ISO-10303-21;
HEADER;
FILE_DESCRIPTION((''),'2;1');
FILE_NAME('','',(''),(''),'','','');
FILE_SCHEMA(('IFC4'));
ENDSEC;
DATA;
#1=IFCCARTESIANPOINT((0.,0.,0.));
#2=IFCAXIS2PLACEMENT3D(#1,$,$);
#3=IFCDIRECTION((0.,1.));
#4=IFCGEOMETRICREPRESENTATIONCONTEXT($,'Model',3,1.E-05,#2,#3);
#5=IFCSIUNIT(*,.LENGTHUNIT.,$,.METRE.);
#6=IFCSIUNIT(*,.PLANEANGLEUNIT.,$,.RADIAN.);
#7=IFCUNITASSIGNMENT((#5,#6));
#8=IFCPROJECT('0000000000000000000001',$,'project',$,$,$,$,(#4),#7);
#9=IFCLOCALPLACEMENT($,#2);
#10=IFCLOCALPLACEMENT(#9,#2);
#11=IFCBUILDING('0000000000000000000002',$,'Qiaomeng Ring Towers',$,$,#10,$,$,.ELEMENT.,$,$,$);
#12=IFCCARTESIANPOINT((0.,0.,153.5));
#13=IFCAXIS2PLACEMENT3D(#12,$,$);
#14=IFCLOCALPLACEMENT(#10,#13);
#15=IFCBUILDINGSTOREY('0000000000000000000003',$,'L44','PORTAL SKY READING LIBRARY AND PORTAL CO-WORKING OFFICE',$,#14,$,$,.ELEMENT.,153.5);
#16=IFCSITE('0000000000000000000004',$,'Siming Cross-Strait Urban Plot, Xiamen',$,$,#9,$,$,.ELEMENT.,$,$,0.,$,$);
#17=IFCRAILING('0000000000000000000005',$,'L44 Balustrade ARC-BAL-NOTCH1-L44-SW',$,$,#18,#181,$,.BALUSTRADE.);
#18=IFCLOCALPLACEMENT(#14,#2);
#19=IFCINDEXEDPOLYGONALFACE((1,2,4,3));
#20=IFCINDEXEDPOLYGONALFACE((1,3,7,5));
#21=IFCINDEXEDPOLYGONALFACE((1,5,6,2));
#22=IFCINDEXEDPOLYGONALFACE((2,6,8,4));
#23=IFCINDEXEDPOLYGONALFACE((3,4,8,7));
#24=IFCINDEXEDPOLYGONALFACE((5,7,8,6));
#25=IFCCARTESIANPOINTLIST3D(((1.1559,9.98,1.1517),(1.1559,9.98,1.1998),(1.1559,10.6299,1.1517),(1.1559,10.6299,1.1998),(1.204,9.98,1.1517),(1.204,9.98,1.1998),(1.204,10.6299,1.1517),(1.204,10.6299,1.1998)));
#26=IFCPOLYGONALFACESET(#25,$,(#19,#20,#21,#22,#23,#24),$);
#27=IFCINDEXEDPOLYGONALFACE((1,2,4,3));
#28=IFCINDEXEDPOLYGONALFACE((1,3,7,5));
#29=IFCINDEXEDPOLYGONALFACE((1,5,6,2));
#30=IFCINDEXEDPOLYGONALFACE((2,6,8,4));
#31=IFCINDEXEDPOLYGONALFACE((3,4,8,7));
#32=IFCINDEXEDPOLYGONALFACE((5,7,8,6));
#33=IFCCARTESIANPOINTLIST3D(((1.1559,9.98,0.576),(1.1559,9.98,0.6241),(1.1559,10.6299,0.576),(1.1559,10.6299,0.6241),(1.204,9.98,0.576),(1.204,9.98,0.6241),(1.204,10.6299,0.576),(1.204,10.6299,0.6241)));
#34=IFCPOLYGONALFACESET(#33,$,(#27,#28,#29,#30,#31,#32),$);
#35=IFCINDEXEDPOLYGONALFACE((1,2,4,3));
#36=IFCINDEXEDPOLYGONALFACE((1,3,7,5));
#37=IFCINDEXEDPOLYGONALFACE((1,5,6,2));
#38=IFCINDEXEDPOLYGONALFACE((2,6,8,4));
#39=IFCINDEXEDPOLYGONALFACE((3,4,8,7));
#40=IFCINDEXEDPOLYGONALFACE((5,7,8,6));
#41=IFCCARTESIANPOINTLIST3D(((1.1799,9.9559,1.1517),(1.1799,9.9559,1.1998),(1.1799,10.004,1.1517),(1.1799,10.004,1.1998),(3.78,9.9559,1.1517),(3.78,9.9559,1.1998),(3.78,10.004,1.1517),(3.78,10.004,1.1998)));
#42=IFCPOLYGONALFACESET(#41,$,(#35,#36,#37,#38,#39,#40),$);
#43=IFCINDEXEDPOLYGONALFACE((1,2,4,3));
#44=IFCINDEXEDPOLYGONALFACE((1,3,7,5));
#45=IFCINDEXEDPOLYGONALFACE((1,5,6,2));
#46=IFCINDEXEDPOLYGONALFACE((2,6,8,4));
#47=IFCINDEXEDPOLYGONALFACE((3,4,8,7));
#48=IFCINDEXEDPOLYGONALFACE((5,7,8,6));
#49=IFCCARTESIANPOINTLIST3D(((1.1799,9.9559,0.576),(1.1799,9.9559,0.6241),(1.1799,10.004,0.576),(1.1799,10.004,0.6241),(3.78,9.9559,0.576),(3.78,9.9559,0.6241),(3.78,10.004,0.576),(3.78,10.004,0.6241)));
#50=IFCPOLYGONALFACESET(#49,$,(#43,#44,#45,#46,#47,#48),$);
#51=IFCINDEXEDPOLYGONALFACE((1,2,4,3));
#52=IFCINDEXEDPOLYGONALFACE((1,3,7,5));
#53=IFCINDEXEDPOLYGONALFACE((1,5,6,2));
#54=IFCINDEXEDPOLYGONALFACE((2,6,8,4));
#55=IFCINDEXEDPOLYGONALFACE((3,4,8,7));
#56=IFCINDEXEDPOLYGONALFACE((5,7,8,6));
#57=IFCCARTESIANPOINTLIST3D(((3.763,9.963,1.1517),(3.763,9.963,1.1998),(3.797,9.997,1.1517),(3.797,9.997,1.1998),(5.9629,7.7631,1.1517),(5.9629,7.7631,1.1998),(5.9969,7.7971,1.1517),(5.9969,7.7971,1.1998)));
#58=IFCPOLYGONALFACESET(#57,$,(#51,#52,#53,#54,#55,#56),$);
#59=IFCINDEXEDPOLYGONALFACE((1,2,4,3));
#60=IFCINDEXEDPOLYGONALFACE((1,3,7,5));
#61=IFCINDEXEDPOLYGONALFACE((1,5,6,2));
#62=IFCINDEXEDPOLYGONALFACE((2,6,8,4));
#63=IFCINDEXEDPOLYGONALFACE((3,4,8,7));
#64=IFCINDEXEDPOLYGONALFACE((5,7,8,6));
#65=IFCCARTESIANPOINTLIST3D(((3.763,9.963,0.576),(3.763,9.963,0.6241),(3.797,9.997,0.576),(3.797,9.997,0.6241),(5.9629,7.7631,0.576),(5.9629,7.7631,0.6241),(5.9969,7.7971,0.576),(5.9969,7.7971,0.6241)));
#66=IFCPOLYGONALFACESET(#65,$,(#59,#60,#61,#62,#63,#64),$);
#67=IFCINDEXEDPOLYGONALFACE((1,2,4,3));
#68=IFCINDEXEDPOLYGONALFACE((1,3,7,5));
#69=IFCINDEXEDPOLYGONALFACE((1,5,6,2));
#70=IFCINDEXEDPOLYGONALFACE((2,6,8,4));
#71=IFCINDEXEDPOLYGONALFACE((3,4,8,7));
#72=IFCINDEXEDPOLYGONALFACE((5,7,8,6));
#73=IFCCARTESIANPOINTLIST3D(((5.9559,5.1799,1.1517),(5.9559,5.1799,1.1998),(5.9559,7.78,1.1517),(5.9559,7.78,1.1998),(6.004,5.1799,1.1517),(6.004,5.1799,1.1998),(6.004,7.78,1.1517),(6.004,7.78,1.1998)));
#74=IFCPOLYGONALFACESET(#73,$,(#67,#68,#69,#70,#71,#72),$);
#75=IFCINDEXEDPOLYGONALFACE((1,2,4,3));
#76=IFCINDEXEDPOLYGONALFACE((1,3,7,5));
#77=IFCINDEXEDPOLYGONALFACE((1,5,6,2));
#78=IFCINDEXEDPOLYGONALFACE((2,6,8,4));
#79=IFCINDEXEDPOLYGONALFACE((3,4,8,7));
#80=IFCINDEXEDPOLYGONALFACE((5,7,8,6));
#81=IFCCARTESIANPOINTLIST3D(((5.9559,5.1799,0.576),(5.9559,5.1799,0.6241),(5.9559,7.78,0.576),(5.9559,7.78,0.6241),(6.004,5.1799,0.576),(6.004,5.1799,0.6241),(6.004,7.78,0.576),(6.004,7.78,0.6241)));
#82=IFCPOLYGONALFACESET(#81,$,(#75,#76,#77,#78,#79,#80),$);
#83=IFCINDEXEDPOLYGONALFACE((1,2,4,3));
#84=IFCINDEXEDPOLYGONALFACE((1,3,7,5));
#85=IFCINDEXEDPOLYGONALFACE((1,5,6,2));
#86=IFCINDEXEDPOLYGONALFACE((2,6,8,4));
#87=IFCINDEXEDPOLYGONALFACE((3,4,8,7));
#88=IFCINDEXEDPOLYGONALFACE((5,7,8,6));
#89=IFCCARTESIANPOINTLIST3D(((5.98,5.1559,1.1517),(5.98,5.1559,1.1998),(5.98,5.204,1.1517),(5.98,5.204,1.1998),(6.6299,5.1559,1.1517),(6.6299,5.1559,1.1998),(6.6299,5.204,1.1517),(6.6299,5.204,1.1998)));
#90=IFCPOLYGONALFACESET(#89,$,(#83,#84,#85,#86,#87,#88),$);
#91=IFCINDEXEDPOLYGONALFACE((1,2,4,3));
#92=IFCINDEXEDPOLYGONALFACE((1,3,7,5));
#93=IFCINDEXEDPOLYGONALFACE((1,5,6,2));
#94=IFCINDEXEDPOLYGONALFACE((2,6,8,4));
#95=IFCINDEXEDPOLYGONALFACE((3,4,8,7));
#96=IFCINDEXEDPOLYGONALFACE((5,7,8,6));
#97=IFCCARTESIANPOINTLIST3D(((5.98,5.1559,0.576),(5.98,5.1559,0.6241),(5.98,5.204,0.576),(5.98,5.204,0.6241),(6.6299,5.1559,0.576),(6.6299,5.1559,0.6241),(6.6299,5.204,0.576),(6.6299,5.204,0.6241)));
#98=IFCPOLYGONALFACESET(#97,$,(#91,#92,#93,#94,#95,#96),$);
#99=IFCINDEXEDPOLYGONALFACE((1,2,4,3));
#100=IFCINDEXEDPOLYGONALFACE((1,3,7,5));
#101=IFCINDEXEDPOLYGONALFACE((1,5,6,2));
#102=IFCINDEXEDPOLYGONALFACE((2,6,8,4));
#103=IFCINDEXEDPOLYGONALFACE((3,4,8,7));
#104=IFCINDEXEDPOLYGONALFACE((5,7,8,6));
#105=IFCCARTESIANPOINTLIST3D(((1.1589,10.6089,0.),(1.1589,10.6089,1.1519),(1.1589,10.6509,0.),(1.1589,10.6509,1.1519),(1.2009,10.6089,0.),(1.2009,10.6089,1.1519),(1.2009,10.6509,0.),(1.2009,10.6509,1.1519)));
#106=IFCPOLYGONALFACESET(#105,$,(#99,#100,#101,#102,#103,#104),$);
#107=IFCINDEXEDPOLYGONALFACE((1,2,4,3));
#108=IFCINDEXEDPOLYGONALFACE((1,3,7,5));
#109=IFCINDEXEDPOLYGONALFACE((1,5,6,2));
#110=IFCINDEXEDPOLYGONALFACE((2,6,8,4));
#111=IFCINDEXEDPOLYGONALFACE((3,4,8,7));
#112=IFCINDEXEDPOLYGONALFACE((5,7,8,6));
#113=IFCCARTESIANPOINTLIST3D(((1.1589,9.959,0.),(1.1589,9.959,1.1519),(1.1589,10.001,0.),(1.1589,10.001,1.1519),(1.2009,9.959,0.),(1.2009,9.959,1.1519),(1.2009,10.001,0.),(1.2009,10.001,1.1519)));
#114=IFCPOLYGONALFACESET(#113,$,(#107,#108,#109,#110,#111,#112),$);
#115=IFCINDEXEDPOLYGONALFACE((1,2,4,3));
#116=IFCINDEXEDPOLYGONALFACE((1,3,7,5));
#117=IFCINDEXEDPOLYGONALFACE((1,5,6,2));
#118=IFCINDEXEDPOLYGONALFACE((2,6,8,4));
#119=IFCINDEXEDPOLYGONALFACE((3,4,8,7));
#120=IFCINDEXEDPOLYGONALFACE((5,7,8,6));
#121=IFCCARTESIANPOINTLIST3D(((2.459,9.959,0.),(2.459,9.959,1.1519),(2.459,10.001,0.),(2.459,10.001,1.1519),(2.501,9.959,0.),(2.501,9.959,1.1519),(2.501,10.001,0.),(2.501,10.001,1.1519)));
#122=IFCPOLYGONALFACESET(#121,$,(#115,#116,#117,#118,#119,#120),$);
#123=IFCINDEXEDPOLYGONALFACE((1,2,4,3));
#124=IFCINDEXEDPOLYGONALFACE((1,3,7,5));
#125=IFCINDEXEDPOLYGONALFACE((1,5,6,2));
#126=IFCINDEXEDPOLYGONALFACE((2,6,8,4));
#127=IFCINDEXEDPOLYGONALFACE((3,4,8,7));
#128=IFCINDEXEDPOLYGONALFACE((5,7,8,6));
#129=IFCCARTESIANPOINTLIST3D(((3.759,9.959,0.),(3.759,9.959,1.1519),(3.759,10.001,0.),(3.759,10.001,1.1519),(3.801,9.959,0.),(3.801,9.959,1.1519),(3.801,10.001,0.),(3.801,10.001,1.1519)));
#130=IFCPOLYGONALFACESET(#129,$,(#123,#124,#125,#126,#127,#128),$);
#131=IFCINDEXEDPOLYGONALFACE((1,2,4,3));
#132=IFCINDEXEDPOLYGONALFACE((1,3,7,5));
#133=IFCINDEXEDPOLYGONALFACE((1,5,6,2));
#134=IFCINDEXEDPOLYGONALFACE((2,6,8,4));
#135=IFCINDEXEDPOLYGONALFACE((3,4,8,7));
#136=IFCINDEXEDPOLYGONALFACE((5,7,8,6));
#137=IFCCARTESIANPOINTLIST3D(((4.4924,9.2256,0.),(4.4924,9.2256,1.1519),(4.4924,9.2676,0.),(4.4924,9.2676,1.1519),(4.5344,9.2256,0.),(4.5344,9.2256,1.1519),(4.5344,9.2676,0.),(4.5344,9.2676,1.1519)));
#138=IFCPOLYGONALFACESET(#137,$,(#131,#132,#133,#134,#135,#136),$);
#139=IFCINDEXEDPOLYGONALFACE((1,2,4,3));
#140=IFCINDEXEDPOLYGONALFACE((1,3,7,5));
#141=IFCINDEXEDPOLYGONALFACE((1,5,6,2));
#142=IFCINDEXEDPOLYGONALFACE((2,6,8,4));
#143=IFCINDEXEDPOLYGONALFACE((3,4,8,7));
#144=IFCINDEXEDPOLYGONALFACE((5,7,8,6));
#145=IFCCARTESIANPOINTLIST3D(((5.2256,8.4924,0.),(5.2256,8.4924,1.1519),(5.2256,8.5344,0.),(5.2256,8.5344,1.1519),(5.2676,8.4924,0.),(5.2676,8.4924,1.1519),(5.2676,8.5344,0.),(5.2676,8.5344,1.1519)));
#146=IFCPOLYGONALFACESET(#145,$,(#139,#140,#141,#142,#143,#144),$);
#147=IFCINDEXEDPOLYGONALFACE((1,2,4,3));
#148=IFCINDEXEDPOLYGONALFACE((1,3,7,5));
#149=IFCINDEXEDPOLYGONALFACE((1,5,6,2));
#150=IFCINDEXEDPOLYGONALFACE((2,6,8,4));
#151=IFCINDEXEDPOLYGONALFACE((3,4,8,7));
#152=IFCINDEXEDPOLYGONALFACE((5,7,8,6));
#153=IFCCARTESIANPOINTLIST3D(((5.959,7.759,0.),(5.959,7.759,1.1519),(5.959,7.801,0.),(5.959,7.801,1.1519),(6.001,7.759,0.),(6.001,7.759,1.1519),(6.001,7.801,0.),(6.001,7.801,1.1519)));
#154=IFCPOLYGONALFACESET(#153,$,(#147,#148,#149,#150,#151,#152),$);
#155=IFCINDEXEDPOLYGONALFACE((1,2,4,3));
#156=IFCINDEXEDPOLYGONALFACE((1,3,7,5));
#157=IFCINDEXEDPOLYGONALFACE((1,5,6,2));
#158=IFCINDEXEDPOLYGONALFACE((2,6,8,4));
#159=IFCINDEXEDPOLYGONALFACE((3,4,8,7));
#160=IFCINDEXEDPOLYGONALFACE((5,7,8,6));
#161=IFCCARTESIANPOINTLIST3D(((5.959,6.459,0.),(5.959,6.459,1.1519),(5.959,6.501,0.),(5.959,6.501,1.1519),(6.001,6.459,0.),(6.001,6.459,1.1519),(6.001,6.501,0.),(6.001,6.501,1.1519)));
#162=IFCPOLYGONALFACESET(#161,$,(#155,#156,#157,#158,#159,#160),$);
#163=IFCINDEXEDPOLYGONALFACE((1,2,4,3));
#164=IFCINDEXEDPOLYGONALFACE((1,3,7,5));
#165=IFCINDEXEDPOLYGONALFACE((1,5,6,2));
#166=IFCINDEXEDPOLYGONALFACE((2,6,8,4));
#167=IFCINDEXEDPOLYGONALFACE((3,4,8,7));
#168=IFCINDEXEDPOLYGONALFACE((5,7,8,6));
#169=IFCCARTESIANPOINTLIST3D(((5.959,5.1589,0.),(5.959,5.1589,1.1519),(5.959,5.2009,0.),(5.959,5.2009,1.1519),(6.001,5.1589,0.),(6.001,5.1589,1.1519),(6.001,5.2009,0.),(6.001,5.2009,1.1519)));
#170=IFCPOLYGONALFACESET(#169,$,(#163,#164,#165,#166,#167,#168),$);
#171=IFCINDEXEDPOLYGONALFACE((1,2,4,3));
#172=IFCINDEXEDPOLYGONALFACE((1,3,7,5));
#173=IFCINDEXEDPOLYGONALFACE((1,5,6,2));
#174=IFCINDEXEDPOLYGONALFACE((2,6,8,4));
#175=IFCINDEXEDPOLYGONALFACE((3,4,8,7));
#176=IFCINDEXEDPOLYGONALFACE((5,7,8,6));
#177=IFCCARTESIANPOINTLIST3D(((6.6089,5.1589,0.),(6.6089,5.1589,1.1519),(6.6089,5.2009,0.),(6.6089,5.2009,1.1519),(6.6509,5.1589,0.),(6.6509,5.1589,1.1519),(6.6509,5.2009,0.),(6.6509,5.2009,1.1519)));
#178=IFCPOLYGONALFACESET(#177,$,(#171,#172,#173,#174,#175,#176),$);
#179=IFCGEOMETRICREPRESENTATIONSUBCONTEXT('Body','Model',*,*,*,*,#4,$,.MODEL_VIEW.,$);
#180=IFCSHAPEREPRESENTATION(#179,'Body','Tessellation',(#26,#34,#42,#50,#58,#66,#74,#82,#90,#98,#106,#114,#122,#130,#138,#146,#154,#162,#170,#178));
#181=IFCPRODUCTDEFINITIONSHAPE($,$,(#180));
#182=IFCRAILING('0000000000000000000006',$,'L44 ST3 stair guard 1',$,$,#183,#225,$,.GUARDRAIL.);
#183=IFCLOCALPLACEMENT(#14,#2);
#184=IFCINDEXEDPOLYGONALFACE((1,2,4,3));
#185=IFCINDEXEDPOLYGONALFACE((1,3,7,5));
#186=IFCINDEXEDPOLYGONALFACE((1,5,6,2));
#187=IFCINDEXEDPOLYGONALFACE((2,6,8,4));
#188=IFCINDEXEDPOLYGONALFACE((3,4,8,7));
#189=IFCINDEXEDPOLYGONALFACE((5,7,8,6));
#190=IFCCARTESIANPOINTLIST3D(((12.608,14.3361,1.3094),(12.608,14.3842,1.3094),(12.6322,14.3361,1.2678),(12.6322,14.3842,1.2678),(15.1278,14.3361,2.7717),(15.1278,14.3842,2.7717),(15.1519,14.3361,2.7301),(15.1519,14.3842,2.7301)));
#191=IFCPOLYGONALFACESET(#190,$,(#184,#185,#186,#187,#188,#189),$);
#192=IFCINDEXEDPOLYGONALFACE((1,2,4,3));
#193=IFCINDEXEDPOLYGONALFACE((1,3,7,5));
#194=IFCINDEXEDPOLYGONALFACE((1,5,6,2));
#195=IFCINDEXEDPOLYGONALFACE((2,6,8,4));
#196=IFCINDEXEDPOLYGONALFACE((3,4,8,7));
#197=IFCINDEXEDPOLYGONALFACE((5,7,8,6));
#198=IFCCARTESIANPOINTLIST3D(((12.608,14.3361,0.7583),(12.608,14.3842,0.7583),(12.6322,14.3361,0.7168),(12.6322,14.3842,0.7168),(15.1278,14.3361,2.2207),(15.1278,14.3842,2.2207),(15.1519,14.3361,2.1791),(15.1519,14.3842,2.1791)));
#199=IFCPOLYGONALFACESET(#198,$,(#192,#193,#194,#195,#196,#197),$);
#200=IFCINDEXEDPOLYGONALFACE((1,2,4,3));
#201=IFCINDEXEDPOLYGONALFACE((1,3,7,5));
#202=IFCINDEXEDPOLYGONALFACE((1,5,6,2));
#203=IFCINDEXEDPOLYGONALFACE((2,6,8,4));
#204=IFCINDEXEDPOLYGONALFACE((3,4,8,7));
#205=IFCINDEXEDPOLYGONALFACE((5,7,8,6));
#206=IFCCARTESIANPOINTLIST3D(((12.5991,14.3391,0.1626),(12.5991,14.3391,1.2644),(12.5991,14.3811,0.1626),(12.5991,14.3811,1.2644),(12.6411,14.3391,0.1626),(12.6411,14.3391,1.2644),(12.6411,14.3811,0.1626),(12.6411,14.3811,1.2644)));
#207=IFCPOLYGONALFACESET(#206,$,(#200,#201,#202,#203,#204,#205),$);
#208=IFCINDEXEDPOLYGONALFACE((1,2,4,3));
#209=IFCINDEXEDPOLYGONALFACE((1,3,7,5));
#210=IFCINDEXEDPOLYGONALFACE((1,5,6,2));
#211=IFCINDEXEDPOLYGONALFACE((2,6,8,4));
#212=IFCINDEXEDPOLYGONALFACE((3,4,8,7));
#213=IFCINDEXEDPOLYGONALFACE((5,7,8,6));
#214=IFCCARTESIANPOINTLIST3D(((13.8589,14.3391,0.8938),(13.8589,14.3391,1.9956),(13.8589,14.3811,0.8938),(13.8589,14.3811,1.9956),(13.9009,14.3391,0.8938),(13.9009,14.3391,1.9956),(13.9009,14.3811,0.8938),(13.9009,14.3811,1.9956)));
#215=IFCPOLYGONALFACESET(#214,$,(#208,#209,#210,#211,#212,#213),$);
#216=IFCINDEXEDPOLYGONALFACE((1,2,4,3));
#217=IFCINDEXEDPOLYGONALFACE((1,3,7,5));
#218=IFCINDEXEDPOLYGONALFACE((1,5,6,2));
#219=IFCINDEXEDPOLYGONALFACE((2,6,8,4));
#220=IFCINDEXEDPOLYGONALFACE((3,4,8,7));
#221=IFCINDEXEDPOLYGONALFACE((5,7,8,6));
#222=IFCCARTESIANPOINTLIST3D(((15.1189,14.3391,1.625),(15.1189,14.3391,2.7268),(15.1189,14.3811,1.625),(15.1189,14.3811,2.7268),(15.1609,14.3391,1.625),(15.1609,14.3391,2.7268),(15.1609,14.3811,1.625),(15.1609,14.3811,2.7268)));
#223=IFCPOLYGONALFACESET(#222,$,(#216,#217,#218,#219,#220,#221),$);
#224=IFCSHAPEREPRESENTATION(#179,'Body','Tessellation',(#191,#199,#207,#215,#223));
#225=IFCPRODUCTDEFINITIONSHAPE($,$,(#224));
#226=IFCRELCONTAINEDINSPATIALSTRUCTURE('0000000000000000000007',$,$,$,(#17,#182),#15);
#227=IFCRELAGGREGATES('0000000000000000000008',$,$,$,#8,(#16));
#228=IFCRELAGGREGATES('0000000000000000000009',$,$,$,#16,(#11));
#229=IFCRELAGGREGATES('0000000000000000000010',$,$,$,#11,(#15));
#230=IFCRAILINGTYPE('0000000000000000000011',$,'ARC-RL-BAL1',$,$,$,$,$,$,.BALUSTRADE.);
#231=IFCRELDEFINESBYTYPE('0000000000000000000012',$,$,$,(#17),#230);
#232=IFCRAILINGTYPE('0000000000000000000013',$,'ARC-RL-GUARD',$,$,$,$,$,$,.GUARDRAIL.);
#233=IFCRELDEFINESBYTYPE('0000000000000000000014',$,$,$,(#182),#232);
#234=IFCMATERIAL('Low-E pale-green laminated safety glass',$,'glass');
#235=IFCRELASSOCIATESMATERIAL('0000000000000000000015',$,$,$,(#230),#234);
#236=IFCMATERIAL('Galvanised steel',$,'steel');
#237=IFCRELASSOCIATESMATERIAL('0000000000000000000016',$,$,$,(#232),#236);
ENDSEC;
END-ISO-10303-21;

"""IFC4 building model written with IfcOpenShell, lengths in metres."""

from ifc_helpers import new_model, si_unit, direction, frame, origin, origin_2d, place, context, subcontext, project, spatial, rectangle, extrude, material, type_object, element, save


model = new_model("IFC4")

# Units and contexts
model_context = context("Model", 3, precision=1e-05, world=origin(), true_north=direction((0.0, 1.0)))
body_context = subcontext(model_context, "Body", "Model", "MODEL_VIEW")
ifc_project = project(units=[si_unit("LENGTHUNIT", "METRE"), si_unit("PLANEANGLEUNIT", "RADIAN")], contexts=[model_context])

# Site, building, storey
site_placement = place(None, origin())
site = spatial("IfcSite", under=ifc_project, at=site_placement, Name="Siming Cross-Strait Urban Plot, Xiamen", CompositionType="ELEMENT", RefElevation=0.0)
building_placement = place(site_placement, origin())
building = spatial("IfcBuilding", under=site, at=building_placement, Name="Qiaomeng Ring Towers", CompositionType="ELEMENT")
storey_placement = place(building_placement, frame((0.0, 0.0, 153.5)))
storey = spatial("IfcBuildingStorey", under=building, at=storey_placement, Name="L44", Description="PORTAL SKY READING LIBRARY AND PORTAL CO-WORKING OFFICE", CompositionType="ELEMENT", Elevation=153.5)

# Shared definitions
ifc_material_1 = material(Name="Galvanised steel", Category="steel")

# Railings
ifc_material_2 = material(Name="Low-E pale-green laminated safety glass", Category="glass")
railing_type_1 = type_object("IfcRailingType", Name="ARC-RL-BAL1", PredefinedType="BALUSTRADE", material=ifc_material_2)
railing_1_placement = place(storey_placement, frame((1.1799, 10.6299, 0.0)))
element("IfcRailing", 1, at=railing_1_placement, inside=storey, type_object=railing_type_1, Name="L44 Balustrade ARC-BAL-NOTCH1-L44-SW", PredefinedType="BALUSTRADE", context=body_context, shape_type="SweptSolid", body=[
    extrude(rectangle(XDim=0.0481, YDim=0.0481, at=origin_2d()), frame((0.0, 0.0, 1.1758), z_axis=(0.0, -1.0, 0.0), x_axis=(1.0, 0.0, 0.0)), (0.0, 0.0, 1.0), 0.6499),
    extrude(rectangle(XDim=0.0481, YDim=0.0481, at=origin_2d()), frame((0.0, 0.0, 0.6001), z_axis=(0.0, -1.0, 0.0), x_axis=(1.0, 0.0, 0.0)), (0.0, 0.0, 1.0), 0.6499),
    extrude(rectangle(XDim=0.0481, YDim=0.0481, at=origin_2d()), frame((0.0, -0.6499, 1.1758), z_axis=(1.0, 0.0, 0.0), x_axis=(0.0, 1.0, 0.0)), (0.0, 0.0, 1.0), 2.6001),
    extrude(rectangle(XDim=0.0481, YDim=0.0481, at=origin_2d()), frame((0.0, -0.6499, 0.6001), z_axis=(1.0, 0.0, 0.0), x_axis=(0.0, 1.0, 0.0)), (0.0, 0.0, 1.0), 2.6001),
    extrude(rectangle(XDim=0.0481, YDim=0.0481, at=origin_2d()), frame((2.6001, -0.6499, 1.1758), z_axis=(0.707107, -0.707107, 0.0), x_axis=(0.707107, 0.707107, 0.0)), (0.0, 0.0, 1.0), 3.1111),
    extrude(rectangle(XDim=0.0481, YDim=0.0481, at=origin_2d()), frame((2.6001, -0.6499, 0.6001), z_axis=(0.707107, -0.707107, 0.0), x_axis=(0.707107, 0.707107, 0.0)), (0.0, 0.0, 1.0), 3.1111),
    extrude(rectangle(XDim=0.0481, YDim=0.0481, at=origin_2d()), frame((4.8, -2.8499, 1.1758), z_axis=(0.0, -1.0, 0.0), x_axis=(1.0, 0.0, 0.0)), (0.0, 0.0, 1.0), 2.6001),
    extrude(rectangle(XDim=0.0481, YDim=0.0481, at=origin_2d()), frame((4.8, -2.8499, 0.6001), z_axis=(0.0, -1.0, 0.0), x_axis=(1.0, 0.0, 0.0)), (0.0, 0.0, 1.0), 2.6001),
    extrude(rectangle(XDim=0.0481, YDim=0.0481, at=origin_2d()), frame((4.8, -5.45, 1.1758), z_axis=(1.0, 0.0, 0.0), x_axis=(0.0, 1.0, 0.0)), (0.0, 0.0, 1.0), 0.6499),
    extrude(rectangle(XDim=0.0481, YDim=0.0481, at=origin_2d()), frame((4.8, -5.45, 0.6001), z_axis=(1.0, 0.0, 0.0), x_axis=(0.0, 1.0, 0.0)), (0.0, 0.0, 1.0), 0.6499),
    extrude(rectangle(XDim=0.042, YDim=0.042, at=origin_2d()), origin(), (0.0, 0.0, 1.0), 1.1519),
    extrude(rectangle(XDim=0.042, YDim=0.042, at=origin_2d()), frame((0.0, -0.6499, 0.0)), (0.0, 0.0, 1.0), 1.1519),
    extrude(rectangle(XDim=0.042, YDim=0.042, at=origin_2d()), frame((1.3, -0.6499, 0.0)), (0.0, 0.0, 1.0), 1.1519),
    extrude(rectangle(XDim=0.042, YDim=0.042, at=origin_2d()), frame((2.6001, -0.6499, 0.0)), (0.0, 0.0, 1.0), 1.1519),
    extrude(rectangle(XDim=0.042, YDim=0.042, at=origin_2d()), frame((3.3335, -1.3833, 0.0)), (0.0, 0.0, 1.0), 1.1519),
    extrude(rectangle(XDim=0.042, YDim=0.042, at=origin_2d()), frame((4.0667, -2.1165, 0.0)), (0.0, 0.0, 1.0), 1.1519),
    extrude(rectangle(XDim=0.042, YDim=0.042, at=origin_2d()), frame((4.8, -2.8499, 0.0)), (0.0, 0.0, 1.0), 1.1519),
    extrude(rectangle(XDim=0.042, YDim=0.042, at=origin_2d()), frame((4.8, -4.1499, 0.0)), (0.0, 0.0, 1.0), 1.1519),
    extrude(rectangle(XDim=0.042, YDim=0.042, at=origin_2d()), frame((4.8, -5.45, 0.0)), (0.0, 0.0, 1.0), 1.1519),
    extrude(rectangle(XDim=0.042, YDim=0.042, at=origin_2d()), frame((5.45, -5.45, 0.0)), (0.0, 0.0, 1.0), 1.1519),
])
railing_type_2 = type_object("IfcRailingType", Name="ARC-RL-GUARD", PredefinedType="GUARDRAIL", material=ifc_material_1)
railing_2_placement = place(storey_placement, frame((12.6201, 14.3601, 0.1626)))
element("IfcRailing", 2, at=railing_2_placement, inside=storey, type_object=railing_type_2, Name="L44 ST3 stair guard 1", PredefinedType="GUARDRAIL", context=body_context, shape_type="SweptSolid", body=[
    extrude(rectangle(XDim=0.0481, YDim=0.0481, at=origin_2d()), frame((0.0, 0.0, 1.126), z_axis=(0.864892, 0.0, 0.501958), x_axis=(0.0, 1.0, 0.0)), (0.0, 0.0, 1.0), 2.9133),
    extrude(rectangle(XDim=0.0481, YDim=0.0481, at=origin_2d()), frame((0.0, 0.0, 0.575), z_axis=(0.864892, 0.0, 0.501958), x_axis=(0.0, 1.0, 0.0)), (0.0, 0.0, 1.0), 2.9133),
    extrude(rectangle(XDim=0.042, YDim=0.042, at=origin_2d()), origin(), (0.0, 0.0, 1.0), 1.1018),
    extrude(rectangle(XDim=0.042, YDim=0.042, at=origin_2d()), frame((1.2598, 0.0, 0.7312)), (0.0, 0.0, 1.0), 1.1018),
    extrude(rectangle(XDim=0.042, YDim=0.042, at=origin_2d()), frame((2.5198, 0.0, 1.4624)), (0.0, 0.0, 1.0), 1.1018),
])

save(model, "model.ifc")
